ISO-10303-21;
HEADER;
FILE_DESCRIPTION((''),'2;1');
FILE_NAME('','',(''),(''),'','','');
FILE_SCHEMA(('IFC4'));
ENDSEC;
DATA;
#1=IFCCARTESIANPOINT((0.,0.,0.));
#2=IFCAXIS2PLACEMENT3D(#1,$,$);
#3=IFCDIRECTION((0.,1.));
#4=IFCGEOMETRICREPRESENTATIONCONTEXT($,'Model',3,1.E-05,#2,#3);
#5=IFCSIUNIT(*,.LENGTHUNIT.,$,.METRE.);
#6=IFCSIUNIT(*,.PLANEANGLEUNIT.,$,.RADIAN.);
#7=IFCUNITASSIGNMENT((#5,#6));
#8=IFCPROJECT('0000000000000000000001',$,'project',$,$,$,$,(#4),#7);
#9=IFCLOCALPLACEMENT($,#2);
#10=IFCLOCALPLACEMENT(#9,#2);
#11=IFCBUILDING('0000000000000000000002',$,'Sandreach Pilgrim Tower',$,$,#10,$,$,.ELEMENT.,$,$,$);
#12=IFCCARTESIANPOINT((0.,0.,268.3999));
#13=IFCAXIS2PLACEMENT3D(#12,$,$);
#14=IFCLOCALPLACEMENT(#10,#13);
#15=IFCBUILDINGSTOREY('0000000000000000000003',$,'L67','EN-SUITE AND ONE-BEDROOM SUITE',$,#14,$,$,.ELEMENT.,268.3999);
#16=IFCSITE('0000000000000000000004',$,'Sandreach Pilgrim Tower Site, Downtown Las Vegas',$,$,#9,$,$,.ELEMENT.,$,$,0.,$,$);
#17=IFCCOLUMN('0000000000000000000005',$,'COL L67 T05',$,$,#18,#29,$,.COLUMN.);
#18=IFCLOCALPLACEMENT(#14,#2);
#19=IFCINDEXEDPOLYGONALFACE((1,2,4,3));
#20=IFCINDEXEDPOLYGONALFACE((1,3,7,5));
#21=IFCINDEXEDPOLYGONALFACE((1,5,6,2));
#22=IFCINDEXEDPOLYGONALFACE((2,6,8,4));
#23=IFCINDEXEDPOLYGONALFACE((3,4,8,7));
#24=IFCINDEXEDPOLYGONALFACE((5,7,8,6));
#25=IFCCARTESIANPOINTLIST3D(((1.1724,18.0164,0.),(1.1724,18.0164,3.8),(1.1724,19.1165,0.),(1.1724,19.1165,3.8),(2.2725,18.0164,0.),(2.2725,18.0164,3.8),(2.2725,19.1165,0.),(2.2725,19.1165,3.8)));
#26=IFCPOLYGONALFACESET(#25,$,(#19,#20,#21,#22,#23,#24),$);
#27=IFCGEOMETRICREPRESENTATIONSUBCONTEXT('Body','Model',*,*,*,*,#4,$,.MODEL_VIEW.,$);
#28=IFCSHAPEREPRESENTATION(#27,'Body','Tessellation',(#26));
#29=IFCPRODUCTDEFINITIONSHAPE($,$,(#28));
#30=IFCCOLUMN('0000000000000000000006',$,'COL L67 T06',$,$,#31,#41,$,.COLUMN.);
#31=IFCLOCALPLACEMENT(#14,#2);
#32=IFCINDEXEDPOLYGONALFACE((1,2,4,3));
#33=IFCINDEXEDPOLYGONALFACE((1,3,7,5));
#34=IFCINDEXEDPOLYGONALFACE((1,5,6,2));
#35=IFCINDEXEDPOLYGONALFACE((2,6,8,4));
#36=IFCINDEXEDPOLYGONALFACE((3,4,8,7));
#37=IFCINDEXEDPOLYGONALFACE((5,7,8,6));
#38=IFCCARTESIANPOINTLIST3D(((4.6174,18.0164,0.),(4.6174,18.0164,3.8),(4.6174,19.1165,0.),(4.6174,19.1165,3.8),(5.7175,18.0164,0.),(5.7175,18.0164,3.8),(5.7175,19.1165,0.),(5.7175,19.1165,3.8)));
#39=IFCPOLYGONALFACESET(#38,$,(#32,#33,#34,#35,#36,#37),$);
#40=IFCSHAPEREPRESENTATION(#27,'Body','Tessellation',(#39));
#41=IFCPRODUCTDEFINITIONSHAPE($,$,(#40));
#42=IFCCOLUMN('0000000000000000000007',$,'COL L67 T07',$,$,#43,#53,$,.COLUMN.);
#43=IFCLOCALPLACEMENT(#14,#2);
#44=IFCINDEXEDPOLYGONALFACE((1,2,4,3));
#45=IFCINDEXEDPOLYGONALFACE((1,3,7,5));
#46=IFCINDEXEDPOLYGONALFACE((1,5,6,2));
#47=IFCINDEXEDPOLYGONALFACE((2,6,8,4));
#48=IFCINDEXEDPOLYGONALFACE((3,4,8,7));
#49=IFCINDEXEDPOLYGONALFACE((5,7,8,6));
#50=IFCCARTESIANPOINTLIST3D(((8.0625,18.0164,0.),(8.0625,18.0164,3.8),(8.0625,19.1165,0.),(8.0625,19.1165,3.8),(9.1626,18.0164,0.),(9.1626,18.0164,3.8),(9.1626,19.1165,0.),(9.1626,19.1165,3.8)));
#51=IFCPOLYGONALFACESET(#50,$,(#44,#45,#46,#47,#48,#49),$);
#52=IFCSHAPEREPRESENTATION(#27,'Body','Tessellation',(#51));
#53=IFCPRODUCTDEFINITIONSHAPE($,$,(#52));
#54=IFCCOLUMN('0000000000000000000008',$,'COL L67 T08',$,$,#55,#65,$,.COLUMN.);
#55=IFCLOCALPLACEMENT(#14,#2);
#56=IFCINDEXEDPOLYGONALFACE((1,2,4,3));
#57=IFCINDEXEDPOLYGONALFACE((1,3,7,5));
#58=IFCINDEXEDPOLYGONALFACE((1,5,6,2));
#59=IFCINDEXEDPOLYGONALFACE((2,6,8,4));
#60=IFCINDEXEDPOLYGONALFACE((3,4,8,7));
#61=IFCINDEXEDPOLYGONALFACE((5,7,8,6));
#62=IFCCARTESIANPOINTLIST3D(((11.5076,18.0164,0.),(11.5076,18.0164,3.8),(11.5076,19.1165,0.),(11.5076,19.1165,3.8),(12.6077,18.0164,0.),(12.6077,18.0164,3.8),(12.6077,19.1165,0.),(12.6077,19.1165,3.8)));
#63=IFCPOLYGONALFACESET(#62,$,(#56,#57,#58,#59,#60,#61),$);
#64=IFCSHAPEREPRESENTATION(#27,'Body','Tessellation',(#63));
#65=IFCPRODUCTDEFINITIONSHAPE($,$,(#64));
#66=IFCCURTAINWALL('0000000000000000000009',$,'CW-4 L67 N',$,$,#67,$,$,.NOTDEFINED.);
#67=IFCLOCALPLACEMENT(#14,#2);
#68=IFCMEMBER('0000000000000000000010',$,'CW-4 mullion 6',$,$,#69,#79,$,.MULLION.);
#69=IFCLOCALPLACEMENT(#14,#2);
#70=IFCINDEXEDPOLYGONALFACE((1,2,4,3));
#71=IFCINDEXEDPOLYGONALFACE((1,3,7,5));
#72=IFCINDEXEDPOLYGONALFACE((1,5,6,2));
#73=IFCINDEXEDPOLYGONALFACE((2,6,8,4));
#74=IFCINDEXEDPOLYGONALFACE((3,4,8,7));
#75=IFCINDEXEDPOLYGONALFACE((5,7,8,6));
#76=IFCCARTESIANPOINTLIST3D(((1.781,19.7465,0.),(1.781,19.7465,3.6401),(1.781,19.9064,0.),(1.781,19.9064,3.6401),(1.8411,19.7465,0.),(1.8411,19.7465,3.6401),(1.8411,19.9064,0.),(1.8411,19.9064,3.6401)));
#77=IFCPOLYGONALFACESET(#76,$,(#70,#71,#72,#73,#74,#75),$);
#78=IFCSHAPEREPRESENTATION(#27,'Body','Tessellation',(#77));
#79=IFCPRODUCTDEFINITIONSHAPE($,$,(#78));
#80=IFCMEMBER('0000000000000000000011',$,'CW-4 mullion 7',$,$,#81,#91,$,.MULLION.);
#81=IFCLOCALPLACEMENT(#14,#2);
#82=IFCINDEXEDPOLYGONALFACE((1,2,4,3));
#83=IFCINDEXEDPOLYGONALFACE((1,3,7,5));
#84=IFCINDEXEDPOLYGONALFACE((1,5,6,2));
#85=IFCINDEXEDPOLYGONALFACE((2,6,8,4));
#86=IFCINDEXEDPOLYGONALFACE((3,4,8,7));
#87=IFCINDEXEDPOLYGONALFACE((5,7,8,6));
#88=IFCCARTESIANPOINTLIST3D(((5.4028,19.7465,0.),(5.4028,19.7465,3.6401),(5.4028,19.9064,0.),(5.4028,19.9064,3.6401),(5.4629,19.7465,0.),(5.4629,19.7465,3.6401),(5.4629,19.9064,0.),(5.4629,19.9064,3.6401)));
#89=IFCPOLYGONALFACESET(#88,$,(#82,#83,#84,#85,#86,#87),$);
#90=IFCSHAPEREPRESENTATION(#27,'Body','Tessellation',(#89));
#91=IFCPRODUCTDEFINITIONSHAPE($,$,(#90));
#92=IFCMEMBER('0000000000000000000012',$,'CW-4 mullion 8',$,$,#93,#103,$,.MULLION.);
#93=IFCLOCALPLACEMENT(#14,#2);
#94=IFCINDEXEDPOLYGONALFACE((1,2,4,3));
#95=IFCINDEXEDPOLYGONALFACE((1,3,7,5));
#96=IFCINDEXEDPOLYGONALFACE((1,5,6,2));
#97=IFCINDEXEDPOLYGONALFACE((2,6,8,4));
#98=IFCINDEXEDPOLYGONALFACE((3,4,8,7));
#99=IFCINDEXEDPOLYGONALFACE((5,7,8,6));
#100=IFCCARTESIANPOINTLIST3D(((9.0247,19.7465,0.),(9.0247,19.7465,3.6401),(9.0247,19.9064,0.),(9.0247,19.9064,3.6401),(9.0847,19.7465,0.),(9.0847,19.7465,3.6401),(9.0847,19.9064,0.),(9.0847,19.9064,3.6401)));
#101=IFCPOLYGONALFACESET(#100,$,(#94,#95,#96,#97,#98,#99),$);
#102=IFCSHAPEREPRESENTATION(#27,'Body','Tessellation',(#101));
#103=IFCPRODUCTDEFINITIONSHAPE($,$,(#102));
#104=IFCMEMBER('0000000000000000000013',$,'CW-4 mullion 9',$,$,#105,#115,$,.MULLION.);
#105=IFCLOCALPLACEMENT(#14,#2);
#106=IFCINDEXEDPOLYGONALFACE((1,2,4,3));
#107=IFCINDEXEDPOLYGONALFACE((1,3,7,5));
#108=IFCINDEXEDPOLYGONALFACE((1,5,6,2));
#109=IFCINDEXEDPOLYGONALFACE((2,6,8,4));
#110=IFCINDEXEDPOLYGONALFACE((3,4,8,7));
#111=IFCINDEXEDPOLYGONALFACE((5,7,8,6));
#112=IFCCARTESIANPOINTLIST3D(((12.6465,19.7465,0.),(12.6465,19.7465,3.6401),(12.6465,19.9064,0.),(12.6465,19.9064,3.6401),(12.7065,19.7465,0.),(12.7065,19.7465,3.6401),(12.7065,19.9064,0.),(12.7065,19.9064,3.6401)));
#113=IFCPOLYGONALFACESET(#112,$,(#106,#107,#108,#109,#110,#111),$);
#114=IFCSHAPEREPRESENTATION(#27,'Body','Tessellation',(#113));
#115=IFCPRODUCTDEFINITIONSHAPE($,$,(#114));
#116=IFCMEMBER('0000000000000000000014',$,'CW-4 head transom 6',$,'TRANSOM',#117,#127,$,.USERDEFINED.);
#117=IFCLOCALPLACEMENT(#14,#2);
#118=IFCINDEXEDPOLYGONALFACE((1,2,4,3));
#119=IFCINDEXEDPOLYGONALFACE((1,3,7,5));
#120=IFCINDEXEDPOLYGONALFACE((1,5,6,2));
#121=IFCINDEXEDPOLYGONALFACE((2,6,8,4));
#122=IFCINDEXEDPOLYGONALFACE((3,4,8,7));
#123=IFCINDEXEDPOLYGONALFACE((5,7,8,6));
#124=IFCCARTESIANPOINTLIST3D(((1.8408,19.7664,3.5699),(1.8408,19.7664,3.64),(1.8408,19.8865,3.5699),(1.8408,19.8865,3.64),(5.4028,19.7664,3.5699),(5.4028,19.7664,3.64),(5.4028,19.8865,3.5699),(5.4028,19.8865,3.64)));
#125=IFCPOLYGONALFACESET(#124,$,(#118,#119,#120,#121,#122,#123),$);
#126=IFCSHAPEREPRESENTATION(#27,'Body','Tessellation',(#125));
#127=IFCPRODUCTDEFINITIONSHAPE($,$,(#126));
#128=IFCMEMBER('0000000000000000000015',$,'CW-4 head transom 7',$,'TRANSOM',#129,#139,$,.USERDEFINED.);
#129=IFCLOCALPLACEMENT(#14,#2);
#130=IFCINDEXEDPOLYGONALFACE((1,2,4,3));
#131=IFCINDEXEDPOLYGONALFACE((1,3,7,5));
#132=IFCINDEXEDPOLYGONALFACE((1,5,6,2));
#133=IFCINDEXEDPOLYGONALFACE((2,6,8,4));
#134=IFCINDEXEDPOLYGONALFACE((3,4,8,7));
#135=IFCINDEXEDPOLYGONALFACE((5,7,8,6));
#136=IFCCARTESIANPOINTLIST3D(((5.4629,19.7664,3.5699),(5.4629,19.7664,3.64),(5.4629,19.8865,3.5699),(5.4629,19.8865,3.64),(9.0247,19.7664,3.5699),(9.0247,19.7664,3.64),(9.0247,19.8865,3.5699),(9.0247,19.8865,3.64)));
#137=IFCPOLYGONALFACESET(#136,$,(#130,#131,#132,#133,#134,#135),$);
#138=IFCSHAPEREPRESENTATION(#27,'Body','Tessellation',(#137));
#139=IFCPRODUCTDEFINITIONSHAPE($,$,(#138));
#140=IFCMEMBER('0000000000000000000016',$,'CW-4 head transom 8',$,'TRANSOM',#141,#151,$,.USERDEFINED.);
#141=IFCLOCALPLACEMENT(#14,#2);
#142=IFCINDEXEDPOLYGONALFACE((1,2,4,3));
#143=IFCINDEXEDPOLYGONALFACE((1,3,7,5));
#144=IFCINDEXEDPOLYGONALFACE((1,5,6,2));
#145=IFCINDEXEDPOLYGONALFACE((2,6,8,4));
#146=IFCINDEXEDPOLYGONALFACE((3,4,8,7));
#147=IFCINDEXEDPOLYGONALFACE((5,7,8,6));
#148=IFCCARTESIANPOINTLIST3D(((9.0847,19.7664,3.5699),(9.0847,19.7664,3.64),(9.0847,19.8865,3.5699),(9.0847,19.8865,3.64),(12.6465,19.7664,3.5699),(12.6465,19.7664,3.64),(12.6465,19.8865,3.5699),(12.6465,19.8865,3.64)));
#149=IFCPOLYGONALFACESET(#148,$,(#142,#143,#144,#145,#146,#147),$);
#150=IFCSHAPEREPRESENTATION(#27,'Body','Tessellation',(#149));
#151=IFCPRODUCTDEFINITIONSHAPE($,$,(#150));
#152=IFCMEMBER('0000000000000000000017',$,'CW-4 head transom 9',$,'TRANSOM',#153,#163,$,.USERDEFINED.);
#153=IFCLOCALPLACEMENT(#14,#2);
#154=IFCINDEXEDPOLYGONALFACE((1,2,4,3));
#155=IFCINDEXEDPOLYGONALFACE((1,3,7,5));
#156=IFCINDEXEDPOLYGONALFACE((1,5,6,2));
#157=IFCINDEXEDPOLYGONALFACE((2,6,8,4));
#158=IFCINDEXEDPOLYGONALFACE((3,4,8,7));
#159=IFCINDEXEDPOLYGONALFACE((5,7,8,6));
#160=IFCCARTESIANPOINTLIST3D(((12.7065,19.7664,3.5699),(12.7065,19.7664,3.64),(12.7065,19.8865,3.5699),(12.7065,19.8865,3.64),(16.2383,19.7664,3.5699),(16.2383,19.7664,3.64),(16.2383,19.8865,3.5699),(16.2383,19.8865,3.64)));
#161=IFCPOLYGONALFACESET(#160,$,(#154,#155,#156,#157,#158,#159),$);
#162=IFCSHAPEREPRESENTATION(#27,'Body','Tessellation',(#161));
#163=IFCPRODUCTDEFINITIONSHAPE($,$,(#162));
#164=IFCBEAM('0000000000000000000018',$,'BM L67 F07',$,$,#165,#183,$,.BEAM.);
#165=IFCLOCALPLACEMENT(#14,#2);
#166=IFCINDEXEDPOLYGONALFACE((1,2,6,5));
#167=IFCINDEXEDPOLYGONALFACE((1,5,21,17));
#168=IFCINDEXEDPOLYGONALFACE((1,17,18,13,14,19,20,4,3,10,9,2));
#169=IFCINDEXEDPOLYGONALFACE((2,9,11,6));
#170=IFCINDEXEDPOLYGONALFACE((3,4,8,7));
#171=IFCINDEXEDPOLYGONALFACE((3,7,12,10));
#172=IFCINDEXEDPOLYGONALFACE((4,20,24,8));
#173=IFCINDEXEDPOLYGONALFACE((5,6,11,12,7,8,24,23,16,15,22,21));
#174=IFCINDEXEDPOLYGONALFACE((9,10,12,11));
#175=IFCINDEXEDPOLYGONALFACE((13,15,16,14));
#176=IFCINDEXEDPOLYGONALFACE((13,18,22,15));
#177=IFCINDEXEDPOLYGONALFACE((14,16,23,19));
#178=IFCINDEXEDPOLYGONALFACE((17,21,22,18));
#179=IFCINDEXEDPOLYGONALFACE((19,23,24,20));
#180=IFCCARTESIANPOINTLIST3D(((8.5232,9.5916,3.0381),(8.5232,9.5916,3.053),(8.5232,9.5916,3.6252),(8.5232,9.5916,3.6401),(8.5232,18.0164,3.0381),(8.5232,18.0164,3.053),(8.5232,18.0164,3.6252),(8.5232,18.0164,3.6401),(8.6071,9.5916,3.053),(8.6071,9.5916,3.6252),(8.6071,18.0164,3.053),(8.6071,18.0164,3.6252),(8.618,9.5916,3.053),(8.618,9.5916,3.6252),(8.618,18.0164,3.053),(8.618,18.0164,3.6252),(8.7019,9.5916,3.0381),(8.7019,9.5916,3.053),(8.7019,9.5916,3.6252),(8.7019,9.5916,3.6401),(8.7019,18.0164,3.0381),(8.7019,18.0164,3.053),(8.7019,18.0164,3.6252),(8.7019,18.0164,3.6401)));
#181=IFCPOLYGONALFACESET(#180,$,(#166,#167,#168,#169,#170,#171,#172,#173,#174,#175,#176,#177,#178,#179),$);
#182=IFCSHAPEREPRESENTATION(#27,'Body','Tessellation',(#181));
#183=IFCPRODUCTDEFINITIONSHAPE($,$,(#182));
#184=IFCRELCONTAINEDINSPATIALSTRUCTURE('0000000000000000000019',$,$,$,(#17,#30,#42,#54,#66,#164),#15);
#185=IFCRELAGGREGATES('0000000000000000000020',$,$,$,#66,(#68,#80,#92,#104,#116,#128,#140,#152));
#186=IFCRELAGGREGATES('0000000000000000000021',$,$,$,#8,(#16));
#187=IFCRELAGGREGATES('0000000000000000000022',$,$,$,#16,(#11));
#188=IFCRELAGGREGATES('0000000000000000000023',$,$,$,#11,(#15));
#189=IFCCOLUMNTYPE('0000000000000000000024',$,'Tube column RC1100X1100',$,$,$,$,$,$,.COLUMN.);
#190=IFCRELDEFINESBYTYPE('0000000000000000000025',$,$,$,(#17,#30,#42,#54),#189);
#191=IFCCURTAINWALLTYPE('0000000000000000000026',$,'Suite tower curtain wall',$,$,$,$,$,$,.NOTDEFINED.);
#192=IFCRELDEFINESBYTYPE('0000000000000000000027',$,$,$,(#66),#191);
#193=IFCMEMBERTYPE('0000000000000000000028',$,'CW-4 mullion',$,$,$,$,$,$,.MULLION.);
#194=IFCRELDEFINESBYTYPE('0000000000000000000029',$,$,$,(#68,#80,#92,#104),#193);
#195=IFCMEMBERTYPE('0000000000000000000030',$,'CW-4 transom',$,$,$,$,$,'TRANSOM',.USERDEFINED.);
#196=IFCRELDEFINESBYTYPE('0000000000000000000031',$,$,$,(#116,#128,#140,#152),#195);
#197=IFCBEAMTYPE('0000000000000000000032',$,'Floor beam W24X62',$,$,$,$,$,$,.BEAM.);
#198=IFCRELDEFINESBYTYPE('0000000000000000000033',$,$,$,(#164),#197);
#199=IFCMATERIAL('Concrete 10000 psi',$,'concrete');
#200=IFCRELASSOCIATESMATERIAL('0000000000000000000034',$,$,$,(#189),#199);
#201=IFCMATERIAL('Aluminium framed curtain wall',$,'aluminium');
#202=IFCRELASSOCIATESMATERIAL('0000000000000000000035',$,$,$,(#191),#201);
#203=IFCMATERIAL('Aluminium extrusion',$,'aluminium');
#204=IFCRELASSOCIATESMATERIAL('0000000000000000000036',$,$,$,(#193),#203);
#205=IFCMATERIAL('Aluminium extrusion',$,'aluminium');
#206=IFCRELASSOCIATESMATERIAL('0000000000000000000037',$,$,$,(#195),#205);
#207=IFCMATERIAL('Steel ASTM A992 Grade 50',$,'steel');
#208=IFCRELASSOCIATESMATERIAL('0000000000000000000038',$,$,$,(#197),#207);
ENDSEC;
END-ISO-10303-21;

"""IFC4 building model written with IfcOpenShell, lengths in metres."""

from ifc_helpers import new_model, si_unit, direction, frame, origin, origin_2d, place, context, subcontext, project, spatial, rectangle, i_section, extrude, material, material_profile, profile_set, type_object, element, aggregate, save


model = new_model("IFC4")

# Units and contexts
model_context = context("Model", 3, precision=1e-05, world=origin(), true_north=direction((0.0, 1.0)))
body_context = subcontext(model_context, "Body", "Model", "MODEL_VIEW")
ifc_project = project(units=[si_unit("LENGTHUNIT", "METRE"), si_unit("PLANEANGLEUNIT", "RADIAN")], contexts=[model_context])

# Site, building, storey
site_placement = place(None, origin())
site = spatial("IfcSite", under=ifc_project, at=site_placement, Name="Sandreach Pilgrim Tower Site, Downtown Las Vegas", CompositionType="ELEMENT", RefElevation=0.0)
building_placement = place(site_placement, origin())
building = spatial("IfcBuilding", under=site, at=building_placement, Name="Sandreach Pilgrim Tower", CompositionType="ELEMENT")
storey_placement = place(building_placement, frame((0.0, 0.0, 268.3999)))
storey = spatial("IfcBuildingStorey", under=building, at=storey_placement, Name="L67", Description="EN-SUITE AND ONE-BEDROOM SUITE", CompositionType="ELEMENT", Elevation=268.3999)

# Columns
ifc_material_1 = material(Name="Concrete 10000 psi", Category="concrete")
ifc_material_profile_1 = material_profile(ifc_material_1, rectangle(XDim=1.1001, YDim=1.1001, at=origin_2d()), Name="RC1100X1100")
ifc_profile_set_1 = profile_set([ifc_material_profile_1], Name="Concrete 10000 psi")
column_type = type_object("IfcColumnType", Name="Tube column RC1100X1100", PredefinedType="COLUMN", material=ifc_profile_set_1)
for number, where, z_axis, x_axis, name in (
    (1, (1.7224, 18.5664, 0.0), (0.0, 0.0, 1.0), (0.0, 1.0, 0.0), "COL L67 T05"),
    (2, (5.1675, 18.5664, 0.0), (0.0, 0.0, 1.0), (0.0, 1.0, 0.0), "COL L67 T06"),
    (3, (8.6125, 18.5664, 0.0), (0.0, 0.0, 1.0), (0.0, 1.0, 0.0), "COL L67 T07"),
    (4, (12.0576, 18.5664, 0.0), (0.0, 0.0, 1.0), (0.0, 1.0, 0.0), "COL L67 T08"),
):
    element("IfcColumn", number, at=place(storey_placement, frame(where, z_axis=z_axis, x_axis=x_axis)), inside=storey, type_object=column_type, Name=name, PredefinedType="COLUMN", context=body_context, shape_type="SweptSolid", body=[
        extrude(rectangle(XDim=1.1001, YDim=1.1001, at=origin_2d()), origin(), (0.0, 0.0, 1.0), 3.8),
    ])

# Curtain wall, members
ifc_material_2 = material(Name="Aluminium framed curtain wall", Category="aluminium")
curtain_wall_type = type_object("IfcCurtainWallType", Name="Suite tower curtain wall", PredefinedType="NOTDEFINED", material=ifc_material_2)
curtain_wall_placement = place(storey_placement, origin())
curtain_wall = element("IfcCurtainWall", 5, at=curtain_wall_placement, inside=storey, type_object=curtain_wall_type, Name="CW-4 L67 N", PredefinedType="NOTDEFINED")
ifc_material_3 = material(Name="Aluminium extrusion", Category="aluminium")
ifc_material_profile_2 = material_profile(ifc_material_3, rectangle(XDim=0.0601, YDim=0.1599, at=origin_2d()), Name="CW-4M 60X160")
ifc_profile_set_2 = profile_set([ifc_material_profile_2], Name="Aluminium extrusion")
member_type_1 = type_object("IfcMemberType", Name="CW-4 mullion", PredefinedType="MULLION", material=ifc_profile_set_2)
member_1_placement = place(storey_placement, frame((1.811, 19.8264, 0.0), z_axis=(0.0, 0.0, 1.0), x_axis=(1.0, 0.0, 0.0)))
member_1 = element("IfcMember", 6, at=member_1_placement, type_object=member_type_1, Name="CW-4 mullion 6", PredefinedType="MULLION", context=body_context, shape_type="SweptSolid", body=[
    extrude(rectangle(XDim=0.0601, YDim=0.1599, at=origin_2d()), origin(), (0.0, 0.0, 1.0), 3.6401),
])
member_2_placement = place(storey_placement, frame((5.4329, 19.8264, 0.0), z_axis=(0.0, 0.0, 1.0), x_axis=(1.0, 0.0, 0.0)))
member_2 = element("IfcMember", 7, at=member_2_placement, type_object=member_type_1, Name="CW-4 mullion 7", PredefinedType="MULLION", context=body_context, shape_type="SweptSolid", body=[
    extrude(rectangle(XDim=0.0601, YDim=0.1599, at=origin_2d()), origin(), (0.0, 0.0, 1.0), 3.6401),
])
member_3_placement = place(storey_placement, frame((9.0547, 19.8264, 0.0), z_axis=(0.0, 0.0, 1.0), x_axis=(1.0, 0.0, 0.0)))
member_3 = element("IfcMember", 8, at=member_3_placement, type_object=member_type_1, Name="CW-4 mullion 8", PredefinedType="MULLION", context=body_context, shape_type="SweptSolid", body=[
    extrude(rectangle(XDim=0.0601, YDim=0.1599, at=origin_2d()), origin(), (0.0, 0.0, 1.0), 3.6401),
])
member_4_placement = place(storey_placement, frame((12.6765, 19.8264, 0.0), z_axis=(0.0, 0.0, 1.0), x_axis=(1.0, 0.0, 0.0)))
member_4 = element("IfcMember", 9, at=member_4_placement, type_object=member_type_1, Name="CW-4 mullion 9", PredefinedType="MULLION", context=body_context, shape_type="SweptSolid", body=[
    extrude(rectangle(XDim=0.0601, YDim=0.1599, at=origin_2d()), origin(), (0.0, 0.0, 1.0), 3.6401),
])
ifc_material_4 = material(Name="Aluminium extrusion", Category="aluminium")
ifc_material_profile_3 = material_profile(ifc_material_4, rectangle(XDim=0.1201, YDim=0.0701, at=origin_2d()), Name="CW-4T 120X70")
ifc_profile_set_3 = profile_set([ifc_material_profile_3], Name="Aluminium extrusion")
member_type_2 = type_object("IfcMemberType", Name="CW-4 transom", ElementType="TRANSOM", PredefinedType="USERDEFINED", material=ifc_profile_set_3)
member_5_placement = place(storey_placement, frame((1.8408, 19.8264, 3.605), z_axis=(1.0, 0.0, 0.0), x_axis=(0.0, 1.0, 0.0)))
member_5 = element("IfcMember", 10, at=member_5_placement, type_object=member_type_2, Name="CW-4 head transom 6", ObjectType="TRANSOM", PredefinedType="USERDEFINED", context=body_context, shape_type="SweptSolid", body=[
    extrude(rectangle(XDim=0.1201, YDim=0.0701, at=origin_2d()), origin(), (0.0, 0.0, 1.0), 3.562),
])
member_6_placement = place(storey_placement, frame((5.4629, 19.8264, 3.605), z_axis=(1.0, 0.0, 0.0), x_axis=(0.0, 1.0, 0.0)))
member_6 = element("IfcMember", 11, at=member_6_placement, type_object=member_type_2, Name="CW-4 head transom 7", ObjectType="TRANSOM", PredefinedType="USERDEFINED", context=body_context, shape_type="SweptSolid", body=[
    extrude(rectangle(XDim=0.1201, YDim=0.0701, at=origin_2d()), origin(), (0.0, 0.0, 1.0), 3.5618),
])
member_7_placement = place(storey_placement, frame((9.0847, 19.8264, 3.605), z_axis=(1.0, 0.0, 0.0), x_axis=(0.0, 1.0, 0.0)))
member_7 = element("IfcMember", 12, at=member_7_placement, type_object=member_type_2, Name="CW-4 head transom 8", ObjectType="TRANSOM", PredefinedType="USERDEFINED", context=body_context, shape_type="SweptSolid", body=[
    extrude(rectangle(XDim=0.1201, YDim=0.0701, at=origin_2d()), origin(), (0.0, 0.0, 1.0), 3.5618),
])
member_8_placement = place(storey_placement, frame((12.7065, 19.8264, 3.605), z_axis=(1.0, 0.0, 0.0), x_axis=(0.0, 1.0, 0.0)))
member_8 = element("IfcMember", 13, at=member_8_placement, type_object=member_type_2, Name="CW-4 head transom 9", ObjectType="TRANSOM", PredefinedType="USERDEFINED", context=body_context, shape_type="SweptSolid", body=[
    extrude(rectangle(XDim=0.1201, YDim=0.0701, at=origin_2d()), origin(), (0.0, 0.0, 1.0), 3.5317),
])

# Beam
ifc_material_5 = material(Name="Steel ASTM A992 Grade 50", Category="steel")
ifc_material_profile_4 = material_profile(ifc_material_5, i_section(OverallWidth=0.1787, OverallDepth=0.6021, WebThickness=0.011, FlangeThickness=0.0149, at=origin_2d()), Name="W24X62")
ifc_profile_set_4 = profile_set([ifc_material_profile_4], Name="Steel ASTM A992 Grade 50")
beam_type_1 = type_object("IfcBeamType", Name="Floor beam W24X62", PredefinedType="BEAM", material=ifc_profile_set_4)
beam_1_placement = place(storey_placement, frame((8.6125, 18.0164, 3.3391), z_axis=(0.0, -1.0, 0.0), x_axis=(1.0, 0.0, 0.0)))
element("IfcBeam", 14, at=beam_1_placement, inside=storey, type_object=beam_type_1, Name="BM L67 F07", PredefinedType="BEAM", context=body_context, shape_type="SweptSolid", body=[
    extrude(i_section(OverallWidth=0.1787, OverallDepth=0.6021, WebThickness=0.011, FlangeThickness=0.0149, at=origin_2d()), origin(), (0.0, 0.0, 1.0), 8.4248),
])

aggregate(curtain_wall, [member_1, member_2, member_3, member_4, member_5, member_6, member_7, member_8])

save(model, "model.ifc")
